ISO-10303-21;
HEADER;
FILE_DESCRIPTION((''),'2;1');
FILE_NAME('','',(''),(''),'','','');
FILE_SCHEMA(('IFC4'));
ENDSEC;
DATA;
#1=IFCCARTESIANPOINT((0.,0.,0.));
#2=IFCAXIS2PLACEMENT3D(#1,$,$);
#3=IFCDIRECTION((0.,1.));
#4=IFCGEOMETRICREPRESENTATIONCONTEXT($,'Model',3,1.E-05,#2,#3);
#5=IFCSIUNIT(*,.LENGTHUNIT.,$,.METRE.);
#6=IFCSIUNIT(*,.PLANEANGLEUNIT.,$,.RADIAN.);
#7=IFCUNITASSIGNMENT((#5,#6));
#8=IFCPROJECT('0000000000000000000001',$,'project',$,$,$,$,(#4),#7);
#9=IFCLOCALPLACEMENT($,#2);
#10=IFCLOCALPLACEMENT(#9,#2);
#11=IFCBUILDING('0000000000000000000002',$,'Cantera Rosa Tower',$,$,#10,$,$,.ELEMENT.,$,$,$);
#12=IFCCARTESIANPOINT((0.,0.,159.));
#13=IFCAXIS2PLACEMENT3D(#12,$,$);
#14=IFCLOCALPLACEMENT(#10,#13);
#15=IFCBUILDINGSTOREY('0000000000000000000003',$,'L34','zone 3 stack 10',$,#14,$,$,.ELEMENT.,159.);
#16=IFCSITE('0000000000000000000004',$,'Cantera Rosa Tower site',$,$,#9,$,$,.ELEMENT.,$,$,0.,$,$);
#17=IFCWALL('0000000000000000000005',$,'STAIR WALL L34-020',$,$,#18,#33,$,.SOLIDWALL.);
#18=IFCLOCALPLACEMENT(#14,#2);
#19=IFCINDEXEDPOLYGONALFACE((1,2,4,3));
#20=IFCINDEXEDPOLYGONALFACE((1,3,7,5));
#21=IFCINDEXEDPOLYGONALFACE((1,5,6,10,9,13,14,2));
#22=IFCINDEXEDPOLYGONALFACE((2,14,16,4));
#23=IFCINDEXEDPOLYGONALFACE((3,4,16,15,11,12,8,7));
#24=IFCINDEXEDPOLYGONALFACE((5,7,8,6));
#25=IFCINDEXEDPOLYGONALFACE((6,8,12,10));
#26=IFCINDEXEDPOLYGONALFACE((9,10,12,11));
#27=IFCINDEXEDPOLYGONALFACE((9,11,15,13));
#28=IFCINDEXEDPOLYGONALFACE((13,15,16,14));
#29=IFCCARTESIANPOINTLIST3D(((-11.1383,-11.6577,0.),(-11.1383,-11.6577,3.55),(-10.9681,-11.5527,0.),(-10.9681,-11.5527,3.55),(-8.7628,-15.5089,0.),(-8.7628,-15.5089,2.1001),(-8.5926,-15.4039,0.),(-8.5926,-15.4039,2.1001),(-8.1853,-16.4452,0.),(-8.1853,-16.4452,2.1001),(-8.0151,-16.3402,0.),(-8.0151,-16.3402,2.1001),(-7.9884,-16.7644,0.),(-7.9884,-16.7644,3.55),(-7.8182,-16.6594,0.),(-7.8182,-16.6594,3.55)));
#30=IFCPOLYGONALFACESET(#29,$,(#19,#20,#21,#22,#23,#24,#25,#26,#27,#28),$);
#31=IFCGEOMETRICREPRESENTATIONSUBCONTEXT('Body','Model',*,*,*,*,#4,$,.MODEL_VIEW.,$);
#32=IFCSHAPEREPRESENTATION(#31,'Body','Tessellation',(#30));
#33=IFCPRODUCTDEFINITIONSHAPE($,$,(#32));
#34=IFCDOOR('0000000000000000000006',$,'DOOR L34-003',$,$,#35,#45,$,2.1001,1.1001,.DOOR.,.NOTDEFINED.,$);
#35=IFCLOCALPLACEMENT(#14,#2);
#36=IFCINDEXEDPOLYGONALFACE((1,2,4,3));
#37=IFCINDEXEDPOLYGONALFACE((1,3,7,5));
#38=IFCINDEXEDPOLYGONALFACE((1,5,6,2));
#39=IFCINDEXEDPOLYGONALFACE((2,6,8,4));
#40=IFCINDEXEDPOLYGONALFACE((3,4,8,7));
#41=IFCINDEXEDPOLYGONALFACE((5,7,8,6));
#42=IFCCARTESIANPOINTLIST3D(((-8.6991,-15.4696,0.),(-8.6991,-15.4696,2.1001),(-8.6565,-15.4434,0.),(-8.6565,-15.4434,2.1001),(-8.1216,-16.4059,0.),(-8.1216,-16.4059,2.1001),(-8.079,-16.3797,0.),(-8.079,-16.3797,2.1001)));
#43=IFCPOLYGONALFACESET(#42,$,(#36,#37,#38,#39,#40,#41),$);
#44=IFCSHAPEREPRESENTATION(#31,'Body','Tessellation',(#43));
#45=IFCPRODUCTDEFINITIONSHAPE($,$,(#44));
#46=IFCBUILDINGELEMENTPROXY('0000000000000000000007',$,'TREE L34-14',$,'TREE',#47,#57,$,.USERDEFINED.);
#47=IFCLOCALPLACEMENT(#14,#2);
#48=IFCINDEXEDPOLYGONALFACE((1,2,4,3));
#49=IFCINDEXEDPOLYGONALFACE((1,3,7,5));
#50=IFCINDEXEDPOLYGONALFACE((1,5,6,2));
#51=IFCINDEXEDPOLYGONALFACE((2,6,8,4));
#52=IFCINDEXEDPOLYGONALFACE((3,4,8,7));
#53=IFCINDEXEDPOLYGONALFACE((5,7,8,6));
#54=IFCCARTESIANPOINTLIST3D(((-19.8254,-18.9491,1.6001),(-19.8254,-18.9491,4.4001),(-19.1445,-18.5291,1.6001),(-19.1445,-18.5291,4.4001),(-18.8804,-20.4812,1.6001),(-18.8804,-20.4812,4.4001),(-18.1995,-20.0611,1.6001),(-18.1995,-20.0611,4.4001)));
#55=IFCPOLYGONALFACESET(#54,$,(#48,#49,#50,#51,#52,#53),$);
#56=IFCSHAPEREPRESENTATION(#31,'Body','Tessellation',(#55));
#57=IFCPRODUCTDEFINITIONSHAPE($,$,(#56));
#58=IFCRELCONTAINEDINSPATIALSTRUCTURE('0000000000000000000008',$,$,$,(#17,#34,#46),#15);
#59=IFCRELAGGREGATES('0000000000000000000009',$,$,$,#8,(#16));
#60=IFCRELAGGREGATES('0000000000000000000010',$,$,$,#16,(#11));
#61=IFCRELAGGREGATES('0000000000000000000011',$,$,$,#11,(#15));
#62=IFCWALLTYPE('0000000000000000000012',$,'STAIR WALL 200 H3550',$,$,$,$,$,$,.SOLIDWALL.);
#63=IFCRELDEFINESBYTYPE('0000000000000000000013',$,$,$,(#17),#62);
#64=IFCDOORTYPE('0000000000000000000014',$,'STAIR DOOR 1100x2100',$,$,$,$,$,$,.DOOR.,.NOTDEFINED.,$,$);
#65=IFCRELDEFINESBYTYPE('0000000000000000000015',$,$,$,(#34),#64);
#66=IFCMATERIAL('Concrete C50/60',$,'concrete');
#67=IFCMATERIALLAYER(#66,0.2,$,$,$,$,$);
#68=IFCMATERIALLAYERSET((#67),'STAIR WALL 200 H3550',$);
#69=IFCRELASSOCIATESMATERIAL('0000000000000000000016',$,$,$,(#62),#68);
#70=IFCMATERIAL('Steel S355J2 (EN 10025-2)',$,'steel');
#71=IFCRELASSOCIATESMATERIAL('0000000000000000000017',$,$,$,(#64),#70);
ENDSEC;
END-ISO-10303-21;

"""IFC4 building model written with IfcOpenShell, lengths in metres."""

from ifc_helpers import new_model, si_unit, direction, frame, frame_2d, origin, origin_2d, place, context, subcontext, project, spatial, rectangle, extrude, material, layer, layer_set, type_object, element, fill, save


model = new_model("IFC4")

# Units and contexts
model_context = context("Model", 3, precision=1e-05, world=origin(), true_north=direction((0.0, 1.0)))
body_context = subcontext(model_context, "Body", "Model", "MODEL_VIEW")
ifc_project = project(units=[si_unit("LENGTHUNIT", "METRE"), si_unit("PLANEANGLEUNIT", "RADIAN")], contexts=[model_context])

# Site, building, storey
site_placement = place(None, origin())
site = spatial("IfcSite", under=ifc_project, at=site_placement, Name="Cantera Rosa Tower site", CompositionType="ELEMENT", RefElevation=0.0)
building_placement = place(site_placement, origin())
building = spatial("IfcBuilding", under=site, at=building_placement, Name="Cantera Rosa Tower", CompositionType="ELEMENT")
storey_placement = place(building_placement, frame((0.0, 0.0, 159.0)))
storey = spatial("IfcBuildingStorey", under=building, at=storey_placement, Name="L34", Description="zone 3 stack 10", CompositionType="ELEMENT", Elevation=159.0)

# Wall, opening, door
ifc_material_1 = material(Name="Concrete C50/60", Category="concrete")
ifc_layer_1 = layer(ifc_material_1, 0.2)
ifc_layer_set_1 = layer_set([ifc_layer_1], Name="STAIR WALL 200 H3550")
wall_type_1 = type_object("IfcWallType", Name="STAIR WALL 200 H3550", PredefinedType="SOLIDWALL", material=ifc_layer_set_1)
wall_1_placement = place(storey_placement, frame((-11.0532, -11.6052, 0.0), z_axis=(0.0, 0.0, 1.0), x_axis=(0.524983, -0.851113, 0.0)))
wall_1 = element("IfcWall", 1, at=wall_1_placement, inside=storey, type_object=wall_type_1, Name="STAIR WALL L34-020", PredefinedType="SOLIDWALL", context=body_context, shape_type="SweptSolid", body=[
    extrude(rectangle(XDim=6.0, YDim=0.2, at=frame_2d((3.0, 0.0))), origin(), (0.0, 0.0, 1.0), 3.55),
])
opening_1_placement = place(wall_1_placement, frame((4.5249, 0.0, 0.0)))
opening_1 = element("IfcOpeningElement", 2, at=opening_1_placement, cuts=wall_1, PredefinedType="OPENING", context=body_context, shape_type="SweptSolid", body=[
    extrude(rectangle(XDim=1.1001, YDim=2.1001, at=frame_2d((0.55, 1.05))), frame((0.0, 0.1099, 0.0), z_axis=(0.0, -1.0, 0.0), x_axis=(1.0, 0.0, 0.0)), (0.0, 0.0, 1.0), 0.22),
])
ifc_material_2 = material(Name="Steel S355J2 (EN 10025-2)", Category="steel")
door_type_1 = type_object("IfcDoorType", Name="STAIR DOOR 1100x2100", OperationType="NOTDEFINED", PredefinedType="DOOR", material=ifc_material_2)
door_1_placement = place(opening_1_placement, origin())
door_1 = element("IfcDoor", 3, at=door_1_placement, inside=storey, type_object=door_type_1, Name="DOOR L34-003", OperationType="NOTDEFINED", OverallHeight=2.1001, OverallWidth=1.1001, PredefinedType="DOOR", context=body_context, shape_type="SweptSolid", body=[
    extrude(rectangle(XDim=1.1001, YDim=2.1001, at=frame_2d((0.55, 1.05))), frame((0.0, 0.0249, 0.0), z_axis=(0.0, -1.0, 0.0), x_axis=(1.0, 0.0, 0.0)), (0.0, 0.0, 1.0), 0.05),
])
fill(opening_1, door_1)

# Building element proxy
proxy_placement = place(storey_placement, frame((-19.0125, -19.5051, 1.6001), z_axis=(0.0, 0.0, 1.0), x_axis=(0.524977, -0.851117, 0.0)))
element("IfcBuildingElementProxy", 4, at=proxy_placement, inside=storey, Name="TREE L34-14", ObjectType="TREE", PredefinedType="USERDEFINED", context=body_context, shape_type="SweptSolid", body=[
    extrude(rectangle(XDim=1.8, YDim=0.8, at=origin_2d()), origin(), (0.0, 0.0, 1.0), 2.8),
])

save(model, "model.ifc")
